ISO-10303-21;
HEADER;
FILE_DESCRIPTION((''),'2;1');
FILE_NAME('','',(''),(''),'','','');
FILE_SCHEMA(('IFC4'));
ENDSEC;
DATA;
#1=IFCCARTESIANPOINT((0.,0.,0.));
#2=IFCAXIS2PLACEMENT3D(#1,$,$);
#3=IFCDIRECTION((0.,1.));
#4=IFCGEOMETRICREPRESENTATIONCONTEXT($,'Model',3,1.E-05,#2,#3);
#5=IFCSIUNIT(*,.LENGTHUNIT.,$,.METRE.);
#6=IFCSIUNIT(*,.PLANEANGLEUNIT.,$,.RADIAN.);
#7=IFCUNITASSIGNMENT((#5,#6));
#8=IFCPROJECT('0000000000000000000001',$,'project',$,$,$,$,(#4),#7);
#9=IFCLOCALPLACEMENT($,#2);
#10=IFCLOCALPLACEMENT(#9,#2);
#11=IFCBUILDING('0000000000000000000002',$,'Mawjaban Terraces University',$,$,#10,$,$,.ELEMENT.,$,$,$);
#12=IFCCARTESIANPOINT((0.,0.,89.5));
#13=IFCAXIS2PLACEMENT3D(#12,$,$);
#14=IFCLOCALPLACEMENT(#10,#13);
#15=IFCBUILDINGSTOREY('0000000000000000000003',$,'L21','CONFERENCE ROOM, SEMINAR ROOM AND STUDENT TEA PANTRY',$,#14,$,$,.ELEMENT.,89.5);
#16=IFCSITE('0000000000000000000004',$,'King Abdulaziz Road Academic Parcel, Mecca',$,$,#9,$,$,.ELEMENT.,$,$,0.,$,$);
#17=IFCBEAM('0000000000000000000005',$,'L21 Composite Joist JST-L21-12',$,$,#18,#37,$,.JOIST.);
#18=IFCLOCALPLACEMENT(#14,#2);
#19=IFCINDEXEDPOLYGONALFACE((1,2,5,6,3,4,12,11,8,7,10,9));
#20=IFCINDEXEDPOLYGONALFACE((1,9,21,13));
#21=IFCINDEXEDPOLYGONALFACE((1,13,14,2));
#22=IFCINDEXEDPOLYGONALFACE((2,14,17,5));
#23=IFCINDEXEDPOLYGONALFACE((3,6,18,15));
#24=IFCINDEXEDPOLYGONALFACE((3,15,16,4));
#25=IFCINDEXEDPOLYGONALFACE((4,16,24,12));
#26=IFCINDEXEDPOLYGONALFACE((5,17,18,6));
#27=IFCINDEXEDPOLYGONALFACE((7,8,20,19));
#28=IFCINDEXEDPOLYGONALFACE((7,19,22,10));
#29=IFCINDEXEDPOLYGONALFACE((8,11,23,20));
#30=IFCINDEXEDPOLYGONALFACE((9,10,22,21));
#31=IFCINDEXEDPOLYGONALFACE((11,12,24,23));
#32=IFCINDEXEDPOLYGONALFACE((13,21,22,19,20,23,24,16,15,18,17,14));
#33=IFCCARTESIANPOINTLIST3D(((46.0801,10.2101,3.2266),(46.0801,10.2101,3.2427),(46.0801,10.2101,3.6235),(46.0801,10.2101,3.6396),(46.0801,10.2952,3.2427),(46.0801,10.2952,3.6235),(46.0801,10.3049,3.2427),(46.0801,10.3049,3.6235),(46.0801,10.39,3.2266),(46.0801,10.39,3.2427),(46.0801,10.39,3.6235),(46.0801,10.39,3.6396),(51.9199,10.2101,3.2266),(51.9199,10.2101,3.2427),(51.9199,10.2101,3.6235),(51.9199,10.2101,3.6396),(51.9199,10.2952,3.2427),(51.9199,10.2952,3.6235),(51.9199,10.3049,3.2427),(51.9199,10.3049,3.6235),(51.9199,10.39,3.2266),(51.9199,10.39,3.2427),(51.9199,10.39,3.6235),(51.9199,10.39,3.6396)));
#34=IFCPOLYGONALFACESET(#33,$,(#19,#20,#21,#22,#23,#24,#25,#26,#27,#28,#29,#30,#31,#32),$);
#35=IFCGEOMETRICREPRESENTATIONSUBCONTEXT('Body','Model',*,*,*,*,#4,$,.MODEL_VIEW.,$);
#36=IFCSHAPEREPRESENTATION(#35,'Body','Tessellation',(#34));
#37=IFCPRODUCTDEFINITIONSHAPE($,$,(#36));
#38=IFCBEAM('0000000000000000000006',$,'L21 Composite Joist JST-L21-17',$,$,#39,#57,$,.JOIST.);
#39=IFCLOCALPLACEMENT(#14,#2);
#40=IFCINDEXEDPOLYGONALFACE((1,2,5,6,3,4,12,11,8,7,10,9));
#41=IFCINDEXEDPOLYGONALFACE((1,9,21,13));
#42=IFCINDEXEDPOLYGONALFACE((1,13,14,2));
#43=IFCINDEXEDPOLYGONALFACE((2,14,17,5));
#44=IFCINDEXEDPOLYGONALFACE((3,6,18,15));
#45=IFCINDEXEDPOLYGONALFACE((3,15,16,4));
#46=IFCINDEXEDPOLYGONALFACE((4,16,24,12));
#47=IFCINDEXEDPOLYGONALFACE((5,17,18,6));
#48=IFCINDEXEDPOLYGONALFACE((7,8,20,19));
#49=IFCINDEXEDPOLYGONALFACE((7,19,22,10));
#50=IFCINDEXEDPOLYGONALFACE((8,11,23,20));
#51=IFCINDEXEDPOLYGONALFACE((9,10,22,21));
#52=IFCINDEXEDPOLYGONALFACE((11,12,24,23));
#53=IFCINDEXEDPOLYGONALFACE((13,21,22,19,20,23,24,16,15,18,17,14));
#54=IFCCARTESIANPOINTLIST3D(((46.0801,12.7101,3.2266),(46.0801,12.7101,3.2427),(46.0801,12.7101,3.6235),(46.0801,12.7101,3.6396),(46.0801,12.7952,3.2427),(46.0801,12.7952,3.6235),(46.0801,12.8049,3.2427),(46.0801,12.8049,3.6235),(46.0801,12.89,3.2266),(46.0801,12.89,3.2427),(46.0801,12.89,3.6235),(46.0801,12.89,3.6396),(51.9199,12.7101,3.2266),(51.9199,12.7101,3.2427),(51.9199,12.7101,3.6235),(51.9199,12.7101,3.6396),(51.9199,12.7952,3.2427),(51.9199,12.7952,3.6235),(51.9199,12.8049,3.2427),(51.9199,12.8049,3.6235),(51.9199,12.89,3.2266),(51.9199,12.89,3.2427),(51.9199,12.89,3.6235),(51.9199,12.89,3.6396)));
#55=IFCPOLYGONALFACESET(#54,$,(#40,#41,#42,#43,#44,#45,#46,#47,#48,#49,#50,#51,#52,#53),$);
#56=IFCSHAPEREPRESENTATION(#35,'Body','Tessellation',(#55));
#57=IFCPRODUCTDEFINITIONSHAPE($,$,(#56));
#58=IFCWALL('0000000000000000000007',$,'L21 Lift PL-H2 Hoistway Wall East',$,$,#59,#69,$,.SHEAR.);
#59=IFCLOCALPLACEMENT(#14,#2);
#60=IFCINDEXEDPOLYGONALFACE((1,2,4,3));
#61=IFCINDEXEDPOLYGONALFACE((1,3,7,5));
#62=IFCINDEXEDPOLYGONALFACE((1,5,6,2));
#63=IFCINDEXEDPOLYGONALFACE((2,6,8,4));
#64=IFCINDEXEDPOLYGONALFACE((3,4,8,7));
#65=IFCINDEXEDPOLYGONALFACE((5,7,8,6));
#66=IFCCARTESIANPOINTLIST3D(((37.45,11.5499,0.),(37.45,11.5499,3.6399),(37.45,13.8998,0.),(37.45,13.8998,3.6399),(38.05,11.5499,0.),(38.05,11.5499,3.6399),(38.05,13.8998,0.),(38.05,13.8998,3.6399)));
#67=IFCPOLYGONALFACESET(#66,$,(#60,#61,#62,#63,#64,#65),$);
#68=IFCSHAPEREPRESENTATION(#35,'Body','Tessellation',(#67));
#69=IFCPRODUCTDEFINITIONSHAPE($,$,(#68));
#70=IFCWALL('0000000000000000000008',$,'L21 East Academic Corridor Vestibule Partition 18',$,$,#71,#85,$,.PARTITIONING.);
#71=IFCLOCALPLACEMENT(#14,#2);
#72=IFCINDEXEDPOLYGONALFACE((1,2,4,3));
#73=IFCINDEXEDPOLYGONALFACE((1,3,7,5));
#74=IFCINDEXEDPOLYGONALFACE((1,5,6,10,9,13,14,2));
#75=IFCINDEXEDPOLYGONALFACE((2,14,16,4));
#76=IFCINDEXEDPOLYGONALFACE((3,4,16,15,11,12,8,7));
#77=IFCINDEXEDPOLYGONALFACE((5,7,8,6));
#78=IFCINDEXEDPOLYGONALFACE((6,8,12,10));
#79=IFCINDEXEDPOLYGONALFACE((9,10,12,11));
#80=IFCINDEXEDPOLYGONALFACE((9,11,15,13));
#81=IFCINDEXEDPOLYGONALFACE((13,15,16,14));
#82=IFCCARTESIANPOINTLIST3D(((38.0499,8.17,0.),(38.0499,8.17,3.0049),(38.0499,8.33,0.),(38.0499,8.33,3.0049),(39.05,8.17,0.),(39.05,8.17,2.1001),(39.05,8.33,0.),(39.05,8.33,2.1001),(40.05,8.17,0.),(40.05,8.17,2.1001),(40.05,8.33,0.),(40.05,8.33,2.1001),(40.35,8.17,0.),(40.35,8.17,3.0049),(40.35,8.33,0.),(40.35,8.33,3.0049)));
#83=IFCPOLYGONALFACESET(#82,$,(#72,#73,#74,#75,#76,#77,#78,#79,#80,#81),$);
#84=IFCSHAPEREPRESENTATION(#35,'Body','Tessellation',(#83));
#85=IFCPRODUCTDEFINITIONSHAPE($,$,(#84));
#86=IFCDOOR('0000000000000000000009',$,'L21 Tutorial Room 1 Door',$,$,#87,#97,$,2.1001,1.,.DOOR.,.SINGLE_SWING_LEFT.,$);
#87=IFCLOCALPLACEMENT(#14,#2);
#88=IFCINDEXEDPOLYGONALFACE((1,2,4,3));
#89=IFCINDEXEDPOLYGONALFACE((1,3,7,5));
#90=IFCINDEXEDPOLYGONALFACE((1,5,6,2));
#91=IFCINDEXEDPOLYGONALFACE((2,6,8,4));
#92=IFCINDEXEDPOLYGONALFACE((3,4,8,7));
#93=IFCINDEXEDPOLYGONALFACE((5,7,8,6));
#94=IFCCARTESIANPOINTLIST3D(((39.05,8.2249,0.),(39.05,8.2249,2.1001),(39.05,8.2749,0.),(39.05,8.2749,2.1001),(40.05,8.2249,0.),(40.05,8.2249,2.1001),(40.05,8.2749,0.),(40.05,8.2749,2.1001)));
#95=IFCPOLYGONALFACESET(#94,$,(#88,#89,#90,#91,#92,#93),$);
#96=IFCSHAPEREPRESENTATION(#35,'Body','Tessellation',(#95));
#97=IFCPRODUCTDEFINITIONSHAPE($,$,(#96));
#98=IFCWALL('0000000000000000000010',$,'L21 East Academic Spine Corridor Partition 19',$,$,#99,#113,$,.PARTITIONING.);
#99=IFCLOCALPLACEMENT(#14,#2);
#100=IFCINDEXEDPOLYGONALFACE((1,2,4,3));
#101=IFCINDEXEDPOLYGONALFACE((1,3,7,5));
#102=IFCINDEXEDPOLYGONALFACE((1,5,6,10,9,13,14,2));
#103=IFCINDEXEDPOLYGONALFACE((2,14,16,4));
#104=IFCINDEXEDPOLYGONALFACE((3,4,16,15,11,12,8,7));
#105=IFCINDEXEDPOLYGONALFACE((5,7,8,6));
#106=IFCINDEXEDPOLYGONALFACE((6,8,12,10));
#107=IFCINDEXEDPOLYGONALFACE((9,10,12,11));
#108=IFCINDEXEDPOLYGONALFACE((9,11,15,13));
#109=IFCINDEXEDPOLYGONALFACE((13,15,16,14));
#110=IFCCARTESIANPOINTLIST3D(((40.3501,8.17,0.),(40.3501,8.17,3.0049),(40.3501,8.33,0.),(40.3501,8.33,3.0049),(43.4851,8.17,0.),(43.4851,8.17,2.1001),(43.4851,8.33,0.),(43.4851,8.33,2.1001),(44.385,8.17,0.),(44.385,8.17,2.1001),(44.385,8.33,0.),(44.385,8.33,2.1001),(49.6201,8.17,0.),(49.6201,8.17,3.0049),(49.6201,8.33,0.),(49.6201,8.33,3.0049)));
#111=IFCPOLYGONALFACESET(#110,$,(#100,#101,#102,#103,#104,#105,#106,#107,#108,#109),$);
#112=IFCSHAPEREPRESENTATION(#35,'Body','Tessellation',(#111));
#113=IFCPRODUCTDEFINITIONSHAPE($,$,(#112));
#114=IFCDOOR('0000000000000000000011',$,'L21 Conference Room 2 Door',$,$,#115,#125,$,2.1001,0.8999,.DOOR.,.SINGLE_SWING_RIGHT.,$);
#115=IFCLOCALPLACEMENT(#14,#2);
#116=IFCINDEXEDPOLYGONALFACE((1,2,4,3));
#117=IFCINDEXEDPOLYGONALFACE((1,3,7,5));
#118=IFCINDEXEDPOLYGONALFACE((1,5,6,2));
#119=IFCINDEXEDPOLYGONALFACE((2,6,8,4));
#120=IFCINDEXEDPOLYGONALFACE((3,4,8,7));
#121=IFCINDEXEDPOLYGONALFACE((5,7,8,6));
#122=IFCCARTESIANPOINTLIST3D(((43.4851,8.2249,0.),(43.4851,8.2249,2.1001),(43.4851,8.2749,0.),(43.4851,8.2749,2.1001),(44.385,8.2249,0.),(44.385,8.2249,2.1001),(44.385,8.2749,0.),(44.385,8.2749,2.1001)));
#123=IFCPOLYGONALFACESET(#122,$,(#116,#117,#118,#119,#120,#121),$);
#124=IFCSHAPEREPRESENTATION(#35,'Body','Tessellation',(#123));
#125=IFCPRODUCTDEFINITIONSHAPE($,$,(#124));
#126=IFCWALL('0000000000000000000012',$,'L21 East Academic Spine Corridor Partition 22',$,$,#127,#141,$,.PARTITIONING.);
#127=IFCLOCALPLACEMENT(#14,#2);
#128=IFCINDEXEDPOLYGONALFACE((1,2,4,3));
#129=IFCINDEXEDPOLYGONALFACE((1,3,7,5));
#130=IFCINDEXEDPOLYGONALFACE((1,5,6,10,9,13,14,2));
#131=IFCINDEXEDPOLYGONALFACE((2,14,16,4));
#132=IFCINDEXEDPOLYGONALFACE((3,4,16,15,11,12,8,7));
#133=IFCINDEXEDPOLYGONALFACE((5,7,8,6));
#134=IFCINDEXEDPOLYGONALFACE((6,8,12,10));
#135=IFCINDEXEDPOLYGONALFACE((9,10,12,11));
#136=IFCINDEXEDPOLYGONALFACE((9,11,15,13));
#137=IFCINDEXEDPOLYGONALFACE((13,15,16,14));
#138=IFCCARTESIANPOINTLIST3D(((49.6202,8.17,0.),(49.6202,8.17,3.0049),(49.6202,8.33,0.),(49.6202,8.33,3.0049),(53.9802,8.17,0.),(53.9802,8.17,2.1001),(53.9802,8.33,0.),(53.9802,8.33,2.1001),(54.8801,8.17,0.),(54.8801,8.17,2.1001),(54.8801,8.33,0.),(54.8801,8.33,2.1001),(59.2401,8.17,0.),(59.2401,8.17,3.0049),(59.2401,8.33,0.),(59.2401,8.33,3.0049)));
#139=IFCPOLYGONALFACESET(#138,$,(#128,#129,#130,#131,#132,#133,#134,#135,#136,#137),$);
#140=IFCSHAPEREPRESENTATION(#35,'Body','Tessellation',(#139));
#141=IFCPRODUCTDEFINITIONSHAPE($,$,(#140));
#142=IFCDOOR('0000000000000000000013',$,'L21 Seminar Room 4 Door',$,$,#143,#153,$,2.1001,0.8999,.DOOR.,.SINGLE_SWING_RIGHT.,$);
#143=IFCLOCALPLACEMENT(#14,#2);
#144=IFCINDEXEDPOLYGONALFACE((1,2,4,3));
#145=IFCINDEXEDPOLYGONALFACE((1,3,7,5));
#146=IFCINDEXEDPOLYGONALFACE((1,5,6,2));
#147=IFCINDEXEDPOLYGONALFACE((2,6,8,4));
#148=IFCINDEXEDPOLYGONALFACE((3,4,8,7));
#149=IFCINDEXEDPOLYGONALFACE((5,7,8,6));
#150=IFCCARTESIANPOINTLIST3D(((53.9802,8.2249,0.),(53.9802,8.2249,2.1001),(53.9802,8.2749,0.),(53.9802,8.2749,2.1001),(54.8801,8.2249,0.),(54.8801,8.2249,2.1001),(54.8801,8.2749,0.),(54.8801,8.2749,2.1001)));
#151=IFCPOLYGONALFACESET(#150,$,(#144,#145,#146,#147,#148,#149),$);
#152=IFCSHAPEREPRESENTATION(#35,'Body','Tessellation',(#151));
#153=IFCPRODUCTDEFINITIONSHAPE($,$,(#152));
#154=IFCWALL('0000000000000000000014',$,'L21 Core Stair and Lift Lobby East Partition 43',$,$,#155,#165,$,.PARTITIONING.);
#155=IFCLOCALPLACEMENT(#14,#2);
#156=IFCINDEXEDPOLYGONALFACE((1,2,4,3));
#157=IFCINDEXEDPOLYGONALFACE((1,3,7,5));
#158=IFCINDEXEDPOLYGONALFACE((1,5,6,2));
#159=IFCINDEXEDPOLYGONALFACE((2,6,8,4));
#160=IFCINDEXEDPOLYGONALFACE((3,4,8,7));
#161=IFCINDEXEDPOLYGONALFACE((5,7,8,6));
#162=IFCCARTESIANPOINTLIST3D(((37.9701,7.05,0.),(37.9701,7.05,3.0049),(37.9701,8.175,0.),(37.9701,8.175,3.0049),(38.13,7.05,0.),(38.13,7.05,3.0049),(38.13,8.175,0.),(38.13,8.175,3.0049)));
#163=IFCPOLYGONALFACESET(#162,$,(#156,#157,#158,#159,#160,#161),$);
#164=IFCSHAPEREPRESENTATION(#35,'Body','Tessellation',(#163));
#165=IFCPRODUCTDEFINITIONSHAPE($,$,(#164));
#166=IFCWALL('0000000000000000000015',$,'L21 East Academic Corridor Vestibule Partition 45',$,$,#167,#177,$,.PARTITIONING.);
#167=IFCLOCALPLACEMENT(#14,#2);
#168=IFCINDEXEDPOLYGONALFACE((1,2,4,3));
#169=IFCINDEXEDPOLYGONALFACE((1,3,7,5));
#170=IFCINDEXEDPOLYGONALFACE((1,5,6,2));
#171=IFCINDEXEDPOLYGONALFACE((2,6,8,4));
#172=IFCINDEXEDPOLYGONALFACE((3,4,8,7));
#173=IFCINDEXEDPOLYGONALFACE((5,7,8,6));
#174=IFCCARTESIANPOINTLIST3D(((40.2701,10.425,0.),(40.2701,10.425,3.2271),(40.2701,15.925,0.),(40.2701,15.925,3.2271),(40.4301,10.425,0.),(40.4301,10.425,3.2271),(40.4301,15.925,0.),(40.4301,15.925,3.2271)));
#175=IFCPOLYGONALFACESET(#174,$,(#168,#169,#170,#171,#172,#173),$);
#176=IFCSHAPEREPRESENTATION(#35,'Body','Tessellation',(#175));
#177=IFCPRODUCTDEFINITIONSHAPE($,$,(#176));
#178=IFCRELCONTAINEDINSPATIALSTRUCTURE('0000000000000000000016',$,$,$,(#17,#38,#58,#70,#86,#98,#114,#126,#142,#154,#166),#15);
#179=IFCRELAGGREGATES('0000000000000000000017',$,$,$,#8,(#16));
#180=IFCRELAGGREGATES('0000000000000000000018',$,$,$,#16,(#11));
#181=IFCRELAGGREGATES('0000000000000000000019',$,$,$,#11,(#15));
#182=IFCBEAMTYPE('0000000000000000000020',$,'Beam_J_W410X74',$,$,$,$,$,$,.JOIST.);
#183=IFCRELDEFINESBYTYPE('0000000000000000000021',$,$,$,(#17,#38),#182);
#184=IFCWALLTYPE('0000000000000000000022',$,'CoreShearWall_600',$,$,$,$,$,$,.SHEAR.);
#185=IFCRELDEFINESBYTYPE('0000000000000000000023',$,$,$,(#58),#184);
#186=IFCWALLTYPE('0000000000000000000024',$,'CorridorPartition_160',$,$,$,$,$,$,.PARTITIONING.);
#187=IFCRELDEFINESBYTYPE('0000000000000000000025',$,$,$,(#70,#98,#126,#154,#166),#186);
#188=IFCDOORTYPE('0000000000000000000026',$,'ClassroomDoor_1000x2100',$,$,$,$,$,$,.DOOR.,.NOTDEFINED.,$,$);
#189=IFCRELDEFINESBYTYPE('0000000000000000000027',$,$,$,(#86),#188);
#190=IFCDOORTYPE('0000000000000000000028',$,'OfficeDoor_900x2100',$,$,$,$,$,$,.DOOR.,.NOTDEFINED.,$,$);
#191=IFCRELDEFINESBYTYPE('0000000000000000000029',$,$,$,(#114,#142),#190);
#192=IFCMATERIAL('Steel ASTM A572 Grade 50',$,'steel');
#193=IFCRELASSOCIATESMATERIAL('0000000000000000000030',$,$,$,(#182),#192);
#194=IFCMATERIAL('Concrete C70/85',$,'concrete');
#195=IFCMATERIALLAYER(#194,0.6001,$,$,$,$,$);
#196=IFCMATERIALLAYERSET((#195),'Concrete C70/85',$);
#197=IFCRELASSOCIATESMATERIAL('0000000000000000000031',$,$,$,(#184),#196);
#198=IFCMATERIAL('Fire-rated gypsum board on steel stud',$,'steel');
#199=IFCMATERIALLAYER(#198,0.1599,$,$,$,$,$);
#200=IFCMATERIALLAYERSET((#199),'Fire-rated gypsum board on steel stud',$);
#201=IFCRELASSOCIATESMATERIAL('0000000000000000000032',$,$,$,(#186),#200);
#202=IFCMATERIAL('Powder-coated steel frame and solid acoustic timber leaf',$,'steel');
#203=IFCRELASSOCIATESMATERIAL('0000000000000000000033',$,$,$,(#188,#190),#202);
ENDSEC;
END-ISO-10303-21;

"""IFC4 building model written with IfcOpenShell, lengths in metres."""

from ifc_helpers import new_model, si_unit, direction, frame, frame_2d, origin, origin_2d, place, context, subcontext, project, spatial, rectangle, i_section, extrude, material, layer, layer_set, material_profile, profile_set, type_object, element, fill, save


model = new_model("IFC4")

# Units and contexts
model_context = context("Model", 3, precision=1e-05, world=origin(), true_north=direction((0.0, 1.0)))
body_context = subcontext(model_context, "Body", "Model", "MODEL_VIEW")
ifc_project = project(units=[si_unit("LENGTHUNIT", "METRE"), si_unit("PLANEANGLEUNIT", "RADIAN")], contexts=[model_context])

# Site, building, storey
site_placement = place(None, origin())
site = spatial("IfcSite", under=ifc_project, at=site_placement, Name="King Abdulaziz Road Academic Parcel, Mecca", CompositionType="ELEMENT", RefElevation=0.0)
building_placement = place(site_placement, origin())
building = spatial("IfcBuilding", under=site, at=building_placement, Name="Mawjaban Terraces University", CompositionType="ELEMENT")
storey_placement = place(building_placement, frame((0.0, 0.0, 89.5)))
storey = spatial("IfcBuildingStorey", under=building, at=storey_placement, Name="L21", Description="CONFERENCE ROOM, SEMINAR ROOM AND STUDENT TEA PANTRY", CompositionType="ELEMENT", Elevation=89.5)

# Beams
ifc_material_1 = material(Name="Steel ASTM A572 Grade 50", Category="steel")
ifc_material_profile_1 = material_profile(ifc_material_1, i_section(OverallWidth=0.1799, OverallDepth=0.4131, WebThickness=0.0098, FlangeThickness=0.0161, at=origin_2d()), Name="W410X74")
ifc_profile_set_1 = profile_set([ifc_material_profile_1], Name="Steel ASTM A572 Grade 50")
beam_type_1 = type_object("IfcBeamType", Name="Beam_J_W410X74", PredefinedType="JOIST", material=ifc_profile_set_1)
for number, where, z_axis, x_axis, name in (
    (1, (46.0801, 10.3, 3.4331), (1.0, 0.0, 0.0), (0.0, 1.0, 0.0), "L21 Composite Joist JST-L21-12"),
    (2, (46.0801, 12.8, 3.4331), (1.0, 0.0, 0.0), (0.0, 1.0, 0.0), "L21 Composite Joist JST-L21-17"),
):
    element("IfcBeam", number, at=place(storey_placement, frame(where, z_axis=z_axis, x_axis=x_axis)), inside=storey, type_object=beam_type_1, Name=name, PredefinedType="JOIST", context=body_context, shape_type="SweptSolid", body=[
        extrude(i_section(OverallWidth=0.1799, OverallDepth=0.4131, WebThickness=0.0098, FlangeThickness=0.0161, at=origin_2d()), origin(), (0.0, 0.0, 1.0), 5.8398),
    ])

# Wall
ifc_material_2 = material(Name="Concrete C70/85", Category="concrete")
ifc_layer_1 = layer(ifc_material_2, 0.6001)
ifc_layer_set_1 = layer_set([ifc_layer_1], Name="Concrete C70/85")
wall_type_1 = type_object("IfcWallType", Name="CoreShearWall_600", PredefinedType="SHEAR", material=ifc_layer_set_1)
wall_1_placement = place(storey_placement, frame((37.75, 11.55, 0.0), z_axis=(0.0, 0.0, 1.0), x_axis=(0.0, 1.0, 0.0)))
element("IfcWall", 3, at=wall_1_placement, inside=storey, type_object=wall_type_1, Name="L21 Lift PL-H2 Hoistway Wall East", PredefinedType="SHEAR", context=body_context, shape_type="SweptSolid", body=[
    extrude(rectangle(XDim=2.3499, YDim=0.6001, at=frame_2d((1.1748, 0.0))), origin(), (0.0, 0.0, 1.0), 3.6399),
])

# Walls, openings, doors
ifc_material_3 = material(Name="Fire-rated gypsum board on steel stud", Category="steel")
ifc_layer_2 = layer(ifc_material_3, 0.1599)
ifc_layer_set_2 = layer_set([ifc_layer_2], Name="Fire-rated gypsum board on steel stud")
wall_type_2 = type_object("IfcWallType", Name="CorridorPartition_160", PredefinedType="PARTITIONING", material=ifc_layer_set_2)
wall_2_placement = place(storey_placement, frame((38.05, 8.25, 0.0), z_axis=(0.0, 0.0, 1.0), x_axis=(1.0, 0.0, 0.0)))
wall_2 = element("IfcWall", 4, at=wall_2_placement, inside=storey, type_object=wall_type_2, Name="L21 East Academic Corridor Vestibule Partition 18", PredefinedType="PARTITIONING", context=body_context, shape_type="SweptSolid", body=[
    extrude(rectangle(XDim=2.3, YDim=0.1599, at=frame_2d((1.1499, 0.0))), origin(), (0.0, 0.0, 1.0), 3.0049),
])
opening_1_placement = place(wall_2_placement, frame((1.0, 0.0, 0.0)))
opening_1 = element("IfcOpeningElement", 5, at=opening_1_placement, cuts=wall_2, PredefinedType="OPENING", context=body_context, shape_type="SweptSolid", body=[
    extrude(rectangle(XDim=1.0, YDim=2.1001, at=frame_2d((0.5, 1.05))), frame((0.0, 0.0898, 0.0), z_axis=(0.0, -1.0, 0.0), x_axis=(1.0, 0.0, 0.0)), (0.0, 0.0, 1.0), 0.1799),
])
ifc_material_4 = material(Name="Powder-coated steel frame and solid acoustic timber leaf", Category="steel")
door_type_1 = type_object("IfcDoorType", Name="ClassroomDoor_1000x2100", OperationType="NOTDEFINED", PredefinedType="DOOR", material=ifc_material_4)
door_1_placement = place(opening_1_placement, origin())
door_1 = element("IfcDoor", 6, at=door_1_placement, inside=storey, type_object=door_type_1, Name="L21 Tutorial Room 1 Door", OperationType="SINGLE_SWING_LEFT", OverallHeight=2.1001, OverallWidth=1.0, PredefinedType="DOOR", context=body_context, shape_type="SweptSolid", body=[
    extrude(rectangle(XDim=1.0, YDim=2.1001, at=frame_2d((0.5, 1.05))), frame((0.0, 0.0249, 0.0), z_axis=(0.0, -1.0, 0.0), x_axis=(1.0, 0.0, 0.0)), (0.0, 0.0, 1.0), 0.05),
])
fill(opening_1, door_1)
wall_3_placement = place(storey_placement, frame((40.3501, 8.25, 0.0), z_axis=(0.0, 0.0, 1.0), x_axis=(1.0, 0.0, 0.0)))
wall_3 = element("IfcWall", 7, at=wall_3_placement, inside=storey, type_object=wall_type_2, Name="L21 East Academic Spine Corridor Partition 19", PredefinedType="PARTITIONING", context=body_context, shape_type="SweptSolid", body=[
    extrude(rectangle(XDim=9.27, YDim=0.1599, at=frame_2d((4.635, 0.0))), origin(), (0.0, 0.0, 1.0), 3.0049),
])
opening_2_placement = place(wall_3_placement, frame((3.135, 0.0, 0.0)))
opening_2 = element("IfcOpeningElement", 8, at=opening_2_placement, cuts=wall_3, PredefinedType="OPENING", context=body_context, shape_type="SweptSolid", body=[
    extrude(rectangle(XDim=0.8999, YDim=2.1001, at=frame_2d((0.45, 1.05))), frame((0.0, 0.0898, 0.0), z_axis=(0.0, -1.0, 0.0), x_axis=(1.0, 0.0, 0.0)), (0.0, 0.0, 1.0), 0.1799),
])
door_type_2 = type_object("IfcDoorType", Name="OfficeDoor_900x2100", OperationType="NOTDEFINED", PredefinedType="DOOR", material=ifc_material_4)
door_2_placement = place(opening_2_placement, origin())
door_2 = element("IfcDoor", 9, at=door_2_placement, inside=storey, type_object=door_type_2, Name="L21 Conference Room 2 Door", OperationType="SINGLE_SWING_RIGHT", OverallHeight=2.1001, OverallWidth=0.8999, PredefinedType="DOOR", context=body_context, shape_type="SweptSolid", body=[
    extrude(rectangle(XDim=0.8999, YDim=2.1001, at=frame_2d((0.45, 1.05))), frame((0.0, 0.0249, 0.0), z_axis=(0.0, -1.0, 0.0), x_axis=(1.0, 0.0, 0.0)), (0.0, 0.0, 1.0), 0.05),
])
fill(opening_2, door_2)
wall_4_placement = place(storey_placement, frame((49.6201, 8.25, 0.0), z_axis=(0.0, 0.0, 1.0), x_axis=(1.0, 0.0, 0.0)))
wall_4 = element("IfcWall", 10, at=wall_4_placement, inside=storey, type_object=wall_type_2, Name="L21 East Academic Spine Corridor Partition 22", PredefinedType="PARTITIONING", context=body_context, shape_type="SweptSolid", body=[
    extrude(rectangle(XDim=9.6199, YDim=0.1599, at=frame_2d((4.8101, 0.0))), origin(), (0.0, 0.0, 1.0), 3.0049),
])
opening_3_placement = place(wall_4_placement, frame((4.3601, 0.0, 0.0)))
opening_3 = element("IfcOpeningElement", 11, at=opening_3_placement, cuts=wall_4, PredefinedType="OPENING", context=body_context, shape_type="SweptSolid", body=[
    extrude(rectangle(XDim=0.8999, YDim=2.1001, at=frame_2d((0.45, 1.05))), frame((0.0, 0.0898, 0.0), z_axis=(0.0, -1.0, 0.0), x_axis=(1.0, 0.0, 0.0)), (0.0, 0.0, 1.0), 0.1799),
])
door_3_placement = place(opening_3_placement, origin())
door_3 = element("IfcDoor", 12, at=door_3_placement, inside=storey, type_object=door_type_2, Name="L21 Seminar Room 4 Door", OperationType="SINGLE_SWING_RIGHT", OverallHeight=2.1001, OverallWidth=0.8999, PredefinedType="DOOR", context=body_context, shape_type="SweptSolid", body=[
    extrude(rectangle(XDim=0.8999, YDim=2.1001, at=frame_2d((0.45, 1.05))), frame((0.0, 0.0249, 0.0), z_axis=(0.0, -1.0, 0.0), x_axis=(1.0, 0.0, 0.0)), (0.0, 0.0, 1.0), 0.05),
])
fill(opening_3, door_3)

# Walls
wall_5_placement = place(storey_placement, frame((38.05, 7.05, 0.0), z_axis=(0.0, 0.0, 1.0), x_axis=(0.0, 1.0, 0.0)))
element("IfcWall", 13, at=wall_5_placement, inside=storey, type_object=wall_type_2, Name="L21 Core Stair and Lift Lobby East Partition 43", PredefinedType="PARTITIONING", context=body_context, shape_type="SweptSolid", body=[
    extrude(rectangle(XDim=1.125, YDim=0.1599, at=frame_2d((0.5625, 0.0))), origin(), (0.0, 0.0, 1.0), 3.0049),
])
wall_6_placement = place(storey_placement, frame((40.3501, 10.425, 0.0), z_axis=(0.0, 0.0, 1.0), x_axis=(0.0, 1.0, 0.0)))
element("IfcWall", 14, at=wall_6_placement, inside=storey, type_object=wall_type_2, Name="L21 East Academic Corridor Vestibule Partition 45", PredefinedType="PARTITIONING", context=body_context, shape_type="SweptSolid", body=[
    extrude(rectangle(XDim=5.5, YDim=0.1599, at=frame_2d((2.75, 0.0))), origin(), (0.0, 0.0, 1.0), 3.2271),
])

save(model, "model.ifc")
